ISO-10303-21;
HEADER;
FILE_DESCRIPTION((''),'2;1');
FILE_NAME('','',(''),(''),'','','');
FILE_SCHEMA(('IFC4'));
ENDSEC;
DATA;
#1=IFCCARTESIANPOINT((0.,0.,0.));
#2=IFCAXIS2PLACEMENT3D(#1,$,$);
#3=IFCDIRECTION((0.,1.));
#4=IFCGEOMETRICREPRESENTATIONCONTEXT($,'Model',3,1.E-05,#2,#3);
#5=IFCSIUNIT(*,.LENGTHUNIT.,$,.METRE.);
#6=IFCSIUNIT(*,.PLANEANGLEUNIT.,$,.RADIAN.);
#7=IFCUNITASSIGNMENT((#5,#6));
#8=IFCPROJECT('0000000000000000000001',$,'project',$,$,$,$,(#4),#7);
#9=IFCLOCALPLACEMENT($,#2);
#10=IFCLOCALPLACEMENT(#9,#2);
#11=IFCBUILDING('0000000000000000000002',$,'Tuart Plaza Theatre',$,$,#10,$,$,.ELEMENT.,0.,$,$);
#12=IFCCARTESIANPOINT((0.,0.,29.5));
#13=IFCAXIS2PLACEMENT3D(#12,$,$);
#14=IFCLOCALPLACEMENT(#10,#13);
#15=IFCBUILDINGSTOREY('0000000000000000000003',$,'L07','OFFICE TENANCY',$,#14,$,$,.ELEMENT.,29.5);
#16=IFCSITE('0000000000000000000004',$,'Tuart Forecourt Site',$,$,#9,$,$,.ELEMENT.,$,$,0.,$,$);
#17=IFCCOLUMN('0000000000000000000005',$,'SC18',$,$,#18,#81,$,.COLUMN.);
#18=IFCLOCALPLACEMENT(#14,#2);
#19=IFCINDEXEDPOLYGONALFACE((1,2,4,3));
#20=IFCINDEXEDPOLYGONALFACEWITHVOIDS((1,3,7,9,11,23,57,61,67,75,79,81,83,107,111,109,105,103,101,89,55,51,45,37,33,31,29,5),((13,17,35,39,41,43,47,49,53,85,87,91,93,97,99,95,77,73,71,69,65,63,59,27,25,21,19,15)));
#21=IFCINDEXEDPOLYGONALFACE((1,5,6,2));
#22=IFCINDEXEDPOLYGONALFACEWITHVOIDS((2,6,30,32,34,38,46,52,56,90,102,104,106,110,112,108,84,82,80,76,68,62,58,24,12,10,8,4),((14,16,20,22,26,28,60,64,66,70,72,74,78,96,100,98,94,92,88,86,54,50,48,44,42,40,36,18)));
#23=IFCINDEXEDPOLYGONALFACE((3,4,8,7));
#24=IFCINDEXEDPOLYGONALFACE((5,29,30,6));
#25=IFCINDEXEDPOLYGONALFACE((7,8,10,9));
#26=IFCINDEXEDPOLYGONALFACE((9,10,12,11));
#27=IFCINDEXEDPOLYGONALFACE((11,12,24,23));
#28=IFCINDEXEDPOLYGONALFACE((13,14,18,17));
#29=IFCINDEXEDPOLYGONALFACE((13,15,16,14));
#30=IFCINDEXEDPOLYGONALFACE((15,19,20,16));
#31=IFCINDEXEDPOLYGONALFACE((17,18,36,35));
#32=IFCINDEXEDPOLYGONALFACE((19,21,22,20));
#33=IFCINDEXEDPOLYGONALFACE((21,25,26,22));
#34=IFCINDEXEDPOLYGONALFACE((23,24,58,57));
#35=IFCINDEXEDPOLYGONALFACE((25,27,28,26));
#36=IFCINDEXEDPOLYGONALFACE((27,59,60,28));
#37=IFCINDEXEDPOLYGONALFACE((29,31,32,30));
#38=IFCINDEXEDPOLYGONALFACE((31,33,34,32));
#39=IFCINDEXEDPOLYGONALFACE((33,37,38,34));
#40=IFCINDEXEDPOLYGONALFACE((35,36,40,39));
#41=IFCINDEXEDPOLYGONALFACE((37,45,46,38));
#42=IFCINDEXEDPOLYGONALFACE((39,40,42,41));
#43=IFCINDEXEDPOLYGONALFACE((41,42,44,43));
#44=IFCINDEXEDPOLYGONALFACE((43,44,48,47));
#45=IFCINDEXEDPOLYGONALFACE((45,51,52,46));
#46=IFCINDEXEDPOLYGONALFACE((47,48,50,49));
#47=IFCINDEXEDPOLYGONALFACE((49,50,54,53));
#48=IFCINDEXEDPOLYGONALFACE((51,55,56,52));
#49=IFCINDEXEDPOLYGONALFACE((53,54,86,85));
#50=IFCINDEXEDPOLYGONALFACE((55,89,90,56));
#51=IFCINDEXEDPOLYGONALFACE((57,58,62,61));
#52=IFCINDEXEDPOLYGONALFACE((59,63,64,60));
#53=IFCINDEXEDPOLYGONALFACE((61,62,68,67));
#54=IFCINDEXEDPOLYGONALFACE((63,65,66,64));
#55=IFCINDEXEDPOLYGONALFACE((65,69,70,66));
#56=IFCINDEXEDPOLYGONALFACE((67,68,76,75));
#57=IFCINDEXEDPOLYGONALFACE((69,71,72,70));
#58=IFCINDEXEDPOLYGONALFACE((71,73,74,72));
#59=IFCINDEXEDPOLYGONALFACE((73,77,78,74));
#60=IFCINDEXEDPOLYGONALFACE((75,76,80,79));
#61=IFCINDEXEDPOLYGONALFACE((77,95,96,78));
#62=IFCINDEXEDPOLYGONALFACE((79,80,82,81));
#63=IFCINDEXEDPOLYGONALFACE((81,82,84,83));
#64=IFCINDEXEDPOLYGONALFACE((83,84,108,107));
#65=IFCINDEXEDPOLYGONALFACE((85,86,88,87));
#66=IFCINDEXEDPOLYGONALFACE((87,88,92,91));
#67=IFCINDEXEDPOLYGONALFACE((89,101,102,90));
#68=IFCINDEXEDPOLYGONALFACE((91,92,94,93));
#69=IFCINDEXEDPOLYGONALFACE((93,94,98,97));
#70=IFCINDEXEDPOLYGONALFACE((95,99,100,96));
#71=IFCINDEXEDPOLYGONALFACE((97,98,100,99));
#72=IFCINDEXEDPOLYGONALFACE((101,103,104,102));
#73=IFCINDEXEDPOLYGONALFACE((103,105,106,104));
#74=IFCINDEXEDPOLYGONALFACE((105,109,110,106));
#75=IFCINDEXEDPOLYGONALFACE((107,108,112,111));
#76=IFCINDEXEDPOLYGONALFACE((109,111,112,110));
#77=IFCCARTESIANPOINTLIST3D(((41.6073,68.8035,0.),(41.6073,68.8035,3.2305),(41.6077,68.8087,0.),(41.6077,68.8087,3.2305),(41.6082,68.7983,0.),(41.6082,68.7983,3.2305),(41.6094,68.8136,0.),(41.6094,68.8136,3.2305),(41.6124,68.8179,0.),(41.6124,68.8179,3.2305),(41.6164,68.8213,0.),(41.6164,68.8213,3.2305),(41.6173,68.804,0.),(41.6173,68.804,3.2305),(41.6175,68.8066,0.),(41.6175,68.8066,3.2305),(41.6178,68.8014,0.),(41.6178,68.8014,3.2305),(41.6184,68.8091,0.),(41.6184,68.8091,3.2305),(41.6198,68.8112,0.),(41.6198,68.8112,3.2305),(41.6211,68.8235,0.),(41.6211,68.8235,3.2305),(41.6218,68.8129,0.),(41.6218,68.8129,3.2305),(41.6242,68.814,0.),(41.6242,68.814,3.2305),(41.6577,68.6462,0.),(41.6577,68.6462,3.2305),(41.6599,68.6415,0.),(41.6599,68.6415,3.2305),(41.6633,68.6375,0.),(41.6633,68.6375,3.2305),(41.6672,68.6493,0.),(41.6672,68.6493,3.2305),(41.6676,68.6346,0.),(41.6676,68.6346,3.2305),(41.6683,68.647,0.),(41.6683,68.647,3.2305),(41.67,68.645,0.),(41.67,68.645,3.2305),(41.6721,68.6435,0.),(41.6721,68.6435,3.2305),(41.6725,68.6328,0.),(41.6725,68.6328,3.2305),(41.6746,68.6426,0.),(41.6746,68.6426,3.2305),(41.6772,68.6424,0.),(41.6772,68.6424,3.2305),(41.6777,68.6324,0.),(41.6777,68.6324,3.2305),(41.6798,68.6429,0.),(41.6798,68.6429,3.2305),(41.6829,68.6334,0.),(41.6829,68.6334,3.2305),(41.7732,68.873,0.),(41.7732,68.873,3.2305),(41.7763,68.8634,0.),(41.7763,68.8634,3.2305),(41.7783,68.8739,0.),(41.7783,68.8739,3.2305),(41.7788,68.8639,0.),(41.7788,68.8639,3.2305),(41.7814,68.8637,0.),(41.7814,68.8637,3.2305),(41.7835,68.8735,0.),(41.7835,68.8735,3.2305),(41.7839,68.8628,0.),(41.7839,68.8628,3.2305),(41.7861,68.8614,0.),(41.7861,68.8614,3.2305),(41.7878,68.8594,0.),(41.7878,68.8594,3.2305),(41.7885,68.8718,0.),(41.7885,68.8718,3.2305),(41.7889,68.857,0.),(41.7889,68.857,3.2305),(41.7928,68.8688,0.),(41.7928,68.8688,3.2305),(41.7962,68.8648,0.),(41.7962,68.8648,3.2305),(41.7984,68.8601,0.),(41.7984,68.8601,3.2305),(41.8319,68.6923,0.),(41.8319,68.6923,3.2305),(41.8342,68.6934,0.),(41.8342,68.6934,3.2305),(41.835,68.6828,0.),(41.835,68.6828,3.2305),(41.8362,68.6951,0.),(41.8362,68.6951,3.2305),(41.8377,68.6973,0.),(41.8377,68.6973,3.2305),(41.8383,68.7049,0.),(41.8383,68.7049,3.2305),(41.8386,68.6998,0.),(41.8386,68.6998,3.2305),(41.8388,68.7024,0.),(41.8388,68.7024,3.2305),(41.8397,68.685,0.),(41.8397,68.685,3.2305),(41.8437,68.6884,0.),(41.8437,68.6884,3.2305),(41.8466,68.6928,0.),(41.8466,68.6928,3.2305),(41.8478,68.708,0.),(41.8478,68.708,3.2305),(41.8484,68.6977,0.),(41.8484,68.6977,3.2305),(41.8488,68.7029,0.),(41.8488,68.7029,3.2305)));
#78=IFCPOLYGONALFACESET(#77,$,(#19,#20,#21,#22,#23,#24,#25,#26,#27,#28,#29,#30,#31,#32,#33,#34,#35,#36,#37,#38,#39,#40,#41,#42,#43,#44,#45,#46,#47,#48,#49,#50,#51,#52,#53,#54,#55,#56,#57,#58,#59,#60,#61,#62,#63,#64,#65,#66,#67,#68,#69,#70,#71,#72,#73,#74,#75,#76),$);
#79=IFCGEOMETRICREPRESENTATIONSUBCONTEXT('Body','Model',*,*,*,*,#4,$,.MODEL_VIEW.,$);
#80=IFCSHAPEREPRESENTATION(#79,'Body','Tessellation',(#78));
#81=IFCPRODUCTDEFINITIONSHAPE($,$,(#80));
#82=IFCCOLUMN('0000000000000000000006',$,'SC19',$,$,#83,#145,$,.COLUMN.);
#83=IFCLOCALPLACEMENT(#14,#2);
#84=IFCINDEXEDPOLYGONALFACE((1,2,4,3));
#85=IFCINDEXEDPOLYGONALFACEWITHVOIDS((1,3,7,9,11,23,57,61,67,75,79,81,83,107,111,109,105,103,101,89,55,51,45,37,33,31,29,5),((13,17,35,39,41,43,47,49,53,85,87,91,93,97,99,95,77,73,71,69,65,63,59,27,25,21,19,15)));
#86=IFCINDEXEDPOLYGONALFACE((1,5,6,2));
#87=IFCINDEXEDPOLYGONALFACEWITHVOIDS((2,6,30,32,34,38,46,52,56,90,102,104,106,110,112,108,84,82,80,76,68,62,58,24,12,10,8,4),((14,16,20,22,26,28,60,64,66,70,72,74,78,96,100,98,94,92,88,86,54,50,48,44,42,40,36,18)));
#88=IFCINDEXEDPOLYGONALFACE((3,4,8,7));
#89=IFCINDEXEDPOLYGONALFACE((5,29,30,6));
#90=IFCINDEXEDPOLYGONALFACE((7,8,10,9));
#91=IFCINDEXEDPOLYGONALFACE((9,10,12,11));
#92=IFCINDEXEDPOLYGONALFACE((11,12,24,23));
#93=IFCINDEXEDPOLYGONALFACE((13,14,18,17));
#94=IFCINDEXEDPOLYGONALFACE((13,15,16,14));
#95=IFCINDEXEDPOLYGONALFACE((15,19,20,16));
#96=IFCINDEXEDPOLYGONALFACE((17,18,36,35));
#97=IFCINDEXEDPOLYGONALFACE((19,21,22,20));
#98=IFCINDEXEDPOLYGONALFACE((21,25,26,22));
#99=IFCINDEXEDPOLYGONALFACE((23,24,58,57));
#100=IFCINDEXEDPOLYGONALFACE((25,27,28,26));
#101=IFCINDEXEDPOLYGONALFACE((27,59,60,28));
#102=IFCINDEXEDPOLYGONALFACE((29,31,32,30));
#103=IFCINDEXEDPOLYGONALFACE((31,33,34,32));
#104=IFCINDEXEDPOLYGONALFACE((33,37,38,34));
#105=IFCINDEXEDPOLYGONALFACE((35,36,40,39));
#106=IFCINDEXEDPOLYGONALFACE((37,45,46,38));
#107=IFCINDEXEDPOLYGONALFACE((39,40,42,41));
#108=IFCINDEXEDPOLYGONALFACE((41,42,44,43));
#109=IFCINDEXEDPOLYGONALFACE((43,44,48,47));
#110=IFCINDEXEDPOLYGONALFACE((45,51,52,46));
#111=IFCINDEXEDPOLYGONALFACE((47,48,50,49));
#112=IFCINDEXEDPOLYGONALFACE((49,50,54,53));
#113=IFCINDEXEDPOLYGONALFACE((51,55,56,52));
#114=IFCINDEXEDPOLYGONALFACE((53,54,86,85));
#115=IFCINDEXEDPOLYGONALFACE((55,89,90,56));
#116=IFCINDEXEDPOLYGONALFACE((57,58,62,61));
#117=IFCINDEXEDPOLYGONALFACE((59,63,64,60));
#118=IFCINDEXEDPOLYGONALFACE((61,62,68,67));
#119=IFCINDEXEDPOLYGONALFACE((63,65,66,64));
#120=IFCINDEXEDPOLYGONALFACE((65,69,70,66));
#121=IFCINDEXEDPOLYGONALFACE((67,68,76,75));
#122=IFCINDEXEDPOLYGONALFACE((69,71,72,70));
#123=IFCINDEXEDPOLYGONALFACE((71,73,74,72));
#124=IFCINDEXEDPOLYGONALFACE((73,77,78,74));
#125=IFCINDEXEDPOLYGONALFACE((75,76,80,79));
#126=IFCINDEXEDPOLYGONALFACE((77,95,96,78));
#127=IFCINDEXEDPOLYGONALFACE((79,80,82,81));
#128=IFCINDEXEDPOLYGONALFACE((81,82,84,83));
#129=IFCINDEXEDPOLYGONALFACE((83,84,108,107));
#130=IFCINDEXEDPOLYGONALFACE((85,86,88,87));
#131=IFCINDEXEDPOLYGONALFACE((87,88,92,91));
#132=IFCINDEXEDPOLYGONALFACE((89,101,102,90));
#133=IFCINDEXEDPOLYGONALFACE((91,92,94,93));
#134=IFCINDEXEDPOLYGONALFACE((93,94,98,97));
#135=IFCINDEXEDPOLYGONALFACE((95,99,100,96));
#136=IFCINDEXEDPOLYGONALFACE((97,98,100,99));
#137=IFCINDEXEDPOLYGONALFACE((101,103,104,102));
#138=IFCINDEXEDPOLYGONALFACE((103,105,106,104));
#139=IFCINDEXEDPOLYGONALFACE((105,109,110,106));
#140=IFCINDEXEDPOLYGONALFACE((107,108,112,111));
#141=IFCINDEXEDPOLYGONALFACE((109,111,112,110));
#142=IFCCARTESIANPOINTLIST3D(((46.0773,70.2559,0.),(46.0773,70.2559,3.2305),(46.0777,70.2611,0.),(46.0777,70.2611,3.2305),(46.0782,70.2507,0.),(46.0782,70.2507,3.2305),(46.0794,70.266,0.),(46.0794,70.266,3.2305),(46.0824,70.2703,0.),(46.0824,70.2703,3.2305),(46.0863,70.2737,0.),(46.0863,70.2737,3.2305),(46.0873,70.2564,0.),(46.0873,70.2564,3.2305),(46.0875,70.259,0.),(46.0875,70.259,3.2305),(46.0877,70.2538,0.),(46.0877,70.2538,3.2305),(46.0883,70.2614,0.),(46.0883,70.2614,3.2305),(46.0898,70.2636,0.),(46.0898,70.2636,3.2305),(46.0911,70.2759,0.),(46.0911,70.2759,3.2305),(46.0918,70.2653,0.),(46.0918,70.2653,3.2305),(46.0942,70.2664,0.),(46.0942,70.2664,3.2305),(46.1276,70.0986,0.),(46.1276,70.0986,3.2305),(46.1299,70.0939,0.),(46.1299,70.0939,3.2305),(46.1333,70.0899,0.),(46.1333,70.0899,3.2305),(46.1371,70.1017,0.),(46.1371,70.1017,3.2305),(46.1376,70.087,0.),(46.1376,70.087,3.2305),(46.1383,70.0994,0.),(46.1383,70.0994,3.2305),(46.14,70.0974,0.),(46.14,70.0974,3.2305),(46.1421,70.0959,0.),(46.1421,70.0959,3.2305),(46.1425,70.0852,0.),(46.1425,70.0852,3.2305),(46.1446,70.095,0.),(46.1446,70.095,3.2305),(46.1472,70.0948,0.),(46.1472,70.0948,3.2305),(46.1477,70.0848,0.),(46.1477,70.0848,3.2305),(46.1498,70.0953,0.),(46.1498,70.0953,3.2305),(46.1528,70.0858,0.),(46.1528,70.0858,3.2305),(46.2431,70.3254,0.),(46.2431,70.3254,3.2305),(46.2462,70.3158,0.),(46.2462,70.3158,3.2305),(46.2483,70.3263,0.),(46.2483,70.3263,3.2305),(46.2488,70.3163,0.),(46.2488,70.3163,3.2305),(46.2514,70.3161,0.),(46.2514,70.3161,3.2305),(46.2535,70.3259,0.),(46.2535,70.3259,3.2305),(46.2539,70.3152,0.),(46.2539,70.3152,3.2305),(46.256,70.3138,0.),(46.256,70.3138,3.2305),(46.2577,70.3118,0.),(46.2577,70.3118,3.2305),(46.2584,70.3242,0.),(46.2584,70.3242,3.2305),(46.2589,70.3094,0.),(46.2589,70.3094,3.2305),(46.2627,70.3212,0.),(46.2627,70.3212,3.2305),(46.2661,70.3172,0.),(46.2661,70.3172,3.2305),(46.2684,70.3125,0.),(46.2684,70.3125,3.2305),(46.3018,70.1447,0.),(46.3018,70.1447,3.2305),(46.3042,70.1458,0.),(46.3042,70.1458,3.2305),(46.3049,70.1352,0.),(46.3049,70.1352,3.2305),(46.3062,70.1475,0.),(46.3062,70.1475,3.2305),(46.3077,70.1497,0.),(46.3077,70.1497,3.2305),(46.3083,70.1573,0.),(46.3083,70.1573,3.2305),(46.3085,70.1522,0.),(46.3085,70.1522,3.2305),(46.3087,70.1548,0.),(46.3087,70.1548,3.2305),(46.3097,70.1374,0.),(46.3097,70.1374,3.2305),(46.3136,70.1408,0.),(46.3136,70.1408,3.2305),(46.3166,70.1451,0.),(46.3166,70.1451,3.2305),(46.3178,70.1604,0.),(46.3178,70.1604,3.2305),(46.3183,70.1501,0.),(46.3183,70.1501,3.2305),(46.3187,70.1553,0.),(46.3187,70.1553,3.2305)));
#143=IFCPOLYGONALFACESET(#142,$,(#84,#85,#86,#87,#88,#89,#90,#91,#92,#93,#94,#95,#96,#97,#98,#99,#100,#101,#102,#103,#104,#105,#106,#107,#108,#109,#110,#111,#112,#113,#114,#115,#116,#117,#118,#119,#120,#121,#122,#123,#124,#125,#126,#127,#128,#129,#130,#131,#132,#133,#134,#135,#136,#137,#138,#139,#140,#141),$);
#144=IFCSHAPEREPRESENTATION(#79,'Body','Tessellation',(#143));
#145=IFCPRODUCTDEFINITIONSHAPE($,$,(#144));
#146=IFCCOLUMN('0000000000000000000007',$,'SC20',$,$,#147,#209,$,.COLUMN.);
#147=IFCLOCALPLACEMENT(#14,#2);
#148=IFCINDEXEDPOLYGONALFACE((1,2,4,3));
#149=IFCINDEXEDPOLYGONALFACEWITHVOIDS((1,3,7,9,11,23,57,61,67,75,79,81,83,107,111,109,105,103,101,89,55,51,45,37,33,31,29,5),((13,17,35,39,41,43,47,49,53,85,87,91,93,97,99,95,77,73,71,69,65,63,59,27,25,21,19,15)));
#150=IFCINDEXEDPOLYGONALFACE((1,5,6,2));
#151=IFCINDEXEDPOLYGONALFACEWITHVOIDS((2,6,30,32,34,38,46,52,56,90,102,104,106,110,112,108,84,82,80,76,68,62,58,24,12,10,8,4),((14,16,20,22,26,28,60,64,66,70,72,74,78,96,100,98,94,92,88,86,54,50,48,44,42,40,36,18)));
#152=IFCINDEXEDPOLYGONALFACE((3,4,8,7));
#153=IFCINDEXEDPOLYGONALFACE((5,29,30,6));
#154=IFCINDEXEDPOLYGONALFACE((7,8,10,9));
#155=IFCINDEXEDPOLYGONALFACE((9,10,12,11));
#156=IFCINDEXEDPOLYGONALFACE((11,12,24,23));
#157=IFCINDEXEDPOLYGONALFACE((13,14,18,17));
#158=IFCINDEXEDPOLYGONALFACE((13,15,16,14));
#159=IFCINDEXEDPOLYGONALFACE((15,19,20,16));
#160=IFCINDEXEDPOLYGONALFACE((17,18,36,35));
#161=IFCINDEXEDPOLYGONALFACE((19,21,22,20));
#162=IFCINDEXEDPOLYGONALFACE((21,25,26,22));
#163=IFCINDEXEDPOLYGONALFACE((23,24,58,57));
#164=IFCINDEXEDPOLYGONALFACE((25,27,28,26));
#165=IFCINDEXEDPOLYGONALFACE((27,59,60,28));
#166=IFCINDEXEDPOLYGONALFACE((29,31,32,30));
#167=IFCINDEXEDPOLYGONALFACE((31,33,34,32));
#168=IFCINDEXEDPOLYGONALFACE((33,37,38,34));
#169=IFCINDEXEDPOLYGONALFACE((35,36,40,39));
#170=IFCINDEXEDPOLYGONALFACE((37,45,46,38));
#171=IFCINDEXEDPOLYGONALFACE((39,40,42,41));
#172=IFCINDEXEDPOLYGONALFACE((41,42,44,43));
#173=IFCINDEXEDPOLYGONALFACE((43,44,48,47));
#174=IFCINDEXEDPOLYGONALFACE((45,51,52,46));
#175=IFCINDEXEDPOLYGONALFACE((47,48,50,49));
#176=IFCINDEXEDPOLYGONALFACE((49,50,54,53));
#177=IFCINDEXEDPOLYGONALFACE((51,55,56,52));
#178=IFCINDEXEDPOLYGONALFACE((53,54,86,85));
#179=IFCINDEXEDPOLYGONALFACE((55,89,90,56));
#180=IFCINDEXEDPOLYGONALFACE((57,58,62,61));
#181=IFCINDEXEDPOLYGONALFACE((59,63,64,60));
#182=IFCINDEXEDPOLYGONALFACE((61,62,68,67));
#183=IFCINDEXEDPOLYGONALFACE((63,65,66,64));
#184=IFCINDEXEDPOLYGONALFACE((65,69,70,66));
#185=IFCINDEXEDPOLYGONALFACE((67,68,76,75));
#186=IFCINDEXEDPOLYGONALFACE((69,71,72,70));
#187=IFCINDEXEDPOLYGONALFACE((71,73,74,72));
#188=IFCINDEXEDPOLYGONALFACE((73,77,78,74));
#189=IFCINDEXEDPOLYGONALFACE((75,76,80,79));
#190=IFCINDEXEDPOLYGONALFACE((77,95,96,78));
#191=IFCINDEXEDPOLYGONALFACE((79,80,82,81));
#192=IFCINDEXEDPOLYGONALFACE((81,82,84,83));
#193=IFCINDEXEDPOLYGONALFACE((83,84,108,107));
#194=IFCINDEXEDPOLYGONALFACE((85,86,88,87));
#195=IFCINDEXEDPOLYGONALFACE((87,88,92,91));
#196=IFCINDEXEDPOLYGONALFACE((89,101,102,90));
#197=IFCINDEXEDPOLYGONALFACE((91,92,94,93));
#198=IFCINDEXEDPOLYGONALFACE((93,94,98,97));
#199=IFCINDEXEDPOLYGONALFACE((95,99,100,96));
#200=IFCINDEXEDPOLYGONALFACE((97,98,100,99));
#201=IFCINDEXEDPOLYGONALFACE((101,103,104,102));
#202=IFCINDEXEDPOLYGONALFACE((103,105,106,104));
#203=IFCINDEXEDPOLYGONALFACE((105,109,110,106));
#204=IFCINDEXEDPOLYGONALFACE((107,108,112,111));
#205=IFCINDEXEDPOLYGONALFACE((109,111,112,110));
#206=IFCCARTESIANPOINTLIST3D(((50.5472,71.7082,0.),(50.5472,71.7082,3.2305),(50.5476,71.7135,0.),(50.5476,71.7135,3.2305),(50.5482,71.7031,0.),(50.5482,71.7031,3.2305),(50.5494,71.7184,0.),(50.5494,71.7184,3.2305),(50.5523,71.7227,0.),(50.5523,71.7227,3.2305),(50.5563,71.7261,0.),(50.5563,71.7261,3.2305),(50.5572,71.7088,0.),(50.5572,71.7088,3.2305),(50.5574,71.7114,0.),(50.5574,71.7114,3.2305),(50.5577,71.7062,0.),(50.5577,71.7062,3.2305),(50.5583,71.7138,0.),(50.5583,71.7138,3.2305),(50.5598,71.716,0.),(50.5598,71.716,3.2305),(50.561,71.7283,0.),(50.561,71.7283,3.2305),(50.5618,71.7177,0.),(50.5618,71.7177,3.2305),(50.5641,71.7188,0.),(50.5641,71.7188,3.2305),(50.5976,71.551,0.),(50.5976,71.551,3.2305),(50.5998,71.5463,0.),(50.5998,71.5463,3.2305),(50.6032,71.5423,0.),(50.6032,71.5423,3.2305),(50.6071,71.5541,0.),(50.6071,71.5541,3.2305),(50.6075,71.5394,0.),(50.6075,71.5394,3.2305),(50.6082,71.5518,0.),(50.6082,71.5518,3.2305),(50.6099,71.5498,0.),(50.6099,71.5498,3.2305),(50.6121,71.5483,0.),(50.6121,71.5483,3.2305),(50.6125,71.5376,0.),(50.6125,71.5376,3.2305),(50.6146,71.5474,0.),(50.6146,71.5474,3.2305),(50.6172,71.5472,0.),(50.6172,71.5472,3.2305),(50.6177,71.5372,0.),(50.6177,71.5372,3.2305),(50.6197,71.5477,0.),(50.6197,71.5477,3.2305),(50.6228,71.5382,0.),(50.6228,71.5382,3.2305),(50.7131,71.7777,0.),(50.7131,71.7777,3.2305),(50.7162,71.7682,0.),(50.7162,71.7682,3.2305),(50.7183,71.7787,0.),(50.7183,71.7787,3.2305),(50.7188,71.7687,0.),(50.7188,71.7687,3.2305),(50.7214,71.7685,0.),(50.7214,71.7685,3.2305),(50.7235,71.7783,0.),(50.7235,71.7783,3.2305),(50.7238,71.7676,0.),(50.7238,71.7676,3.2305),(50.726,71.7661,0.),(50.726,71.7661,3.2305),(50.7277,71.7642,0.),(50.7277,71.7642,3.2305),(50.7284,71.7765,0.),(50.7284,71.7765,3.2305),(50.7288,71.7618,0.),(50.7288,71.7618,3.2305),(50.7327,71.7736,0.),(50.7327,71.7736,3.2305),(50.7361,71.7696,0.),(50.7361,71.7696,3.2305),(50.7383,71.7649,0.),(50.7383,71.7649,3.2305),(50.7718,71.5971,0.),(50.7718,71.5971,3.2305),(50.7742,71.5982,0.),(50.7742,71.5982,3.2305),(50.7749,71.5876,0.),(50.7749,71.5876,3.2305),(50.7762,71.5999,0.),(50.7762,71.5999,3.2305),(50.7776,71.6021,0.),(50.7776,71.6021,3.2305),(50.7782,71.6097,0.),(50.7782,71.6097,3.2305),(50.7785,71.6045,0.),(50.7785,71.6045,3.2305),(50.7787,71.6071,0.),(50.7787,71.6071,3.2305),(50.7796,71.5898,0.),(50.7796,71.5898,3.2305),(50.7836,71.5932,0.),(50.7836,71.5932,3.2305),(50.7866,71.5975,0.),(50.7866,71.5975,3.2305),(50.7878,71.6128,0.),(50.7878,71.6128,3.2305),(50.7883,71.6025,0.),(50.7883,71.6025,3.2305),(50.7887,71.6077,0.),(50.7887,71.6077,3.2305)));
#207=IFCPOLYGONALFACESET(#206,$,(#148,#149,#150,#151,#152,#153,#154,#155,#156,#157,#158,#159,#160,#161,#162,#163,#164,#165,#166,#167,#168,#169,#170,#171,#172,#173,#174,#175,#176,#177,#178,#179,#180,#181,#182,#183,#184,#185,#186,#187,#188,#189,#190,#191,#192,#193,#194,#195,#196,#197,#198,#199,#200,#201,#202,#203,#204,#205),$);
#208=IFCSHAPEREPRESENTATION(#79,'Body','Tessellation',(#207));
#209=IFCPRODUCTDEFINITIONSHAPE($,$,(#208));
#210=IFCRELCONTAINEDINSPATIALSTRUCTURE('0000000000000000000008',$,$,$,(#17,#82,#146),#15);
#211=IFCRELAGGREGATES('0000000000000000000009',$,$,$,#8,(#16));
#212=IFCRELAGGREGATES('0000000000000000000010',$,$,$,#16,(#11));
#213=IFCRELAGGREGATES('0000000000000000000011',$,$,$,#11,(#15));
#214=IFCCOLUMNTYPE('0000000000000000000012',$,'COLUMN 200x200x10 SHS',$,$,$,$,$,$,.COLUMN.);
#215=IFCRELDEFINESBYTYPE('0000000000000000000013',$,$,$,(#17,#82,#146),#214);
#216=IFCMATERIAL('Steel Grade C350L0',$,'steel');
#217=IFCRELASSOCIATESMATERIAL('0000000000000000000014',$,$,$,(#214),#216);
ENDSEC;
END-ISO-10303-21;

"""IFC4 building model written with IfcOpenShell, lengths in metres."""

from ifc_helpers import new_model, si_unit, direction, frame, origin, origin_2d, place, context, subcontext, project, spatial, hollow_rectangle, extrude, material, material_profile, profile_set, type_object, element, save


model = new_model("IFC4")

# Units and contexts
model_context = context("Model", 3, precision=1e-05, world=origin(), true_north=direction((0.0, 1.0)))
body_context = subcontext(model_context, "Body", "Model", "MODEL_VIEW")
ifc_project = project(units=[si_unit("LENGTHUNIT", "METRE"), si_unit("PLANEANGLEUNIT", "RADIAN")], contexts=[model_context])

# Site, building, storey
site_placement = place(None, origin())
site = spatial("IfcSite", under=ifc_project, at=site_placement, Name="Tuart Forecourt Site", CompositionType="ELEMENT", RefElevation=0.0)
building_placement = place(site_placement, origin())
building = spatial("IfcBuilding", under=site, at=building_placement, Name="Tuart Plaza Theatre", CompositionType="ELEMENT", ElevationOfRefHeight=0.0)
storey_placement = place(building_placement, frame((0.0, 0.0, 29.5)))
storey = spatial("IfcBuildingStorey", under=building, at=storey_placement, Name="L07", Description="OFFICE TENANCY", CompositionType="ELEMENT", Elevation=29.5)

# Columns
ifc_material_1 = material(Name="Steel Grade C350L0", Category="steel")
ifc_material_profile_1 = material_profile(ifc_material_1, hollow_rectangle(XDim=0.2, YDim=0.2, WallThickness=0.01, InnerFilletRadius=0.01, OuterFilletRadius=0.02, at=origin_2d()), Name="200x200x10 SHS")
ifc_profile_set_1 = profile_set([ifc_material_profile_1], Name="Steel Grade C350L0")
column_type_1 = type_object("IfcColumnType", Name="COLUMN 200x200x10 SHS", PredefinedType="COLUMN", material=ifc_profile_set_1)
for number, where, z_axis, x_axis, name in (
    (1, (41.728, 68.7532, 0.0), (0.0, 0.0, 1.0), (0.951057, 0.309017, 0.0), "SC18"),
    (2, (46.198, 70.2056, 0.0), (0.0, 0.0, 1.0), (0.951057, 0.309017, 0.0), "SC19"),
    (3, (50.668, 71.658, 0.0), (0.0, 0.0, 1.0), (0.951057, 0.309017, 0.0), "SC20"),
):
    element("IfcColumn", number, at=place(storey_placement, frame(where, z_axis=z_axis, x_axis=x_axis)), inside=storey, type_object=column_type_1, Name=name, PredefinedType="COLUMN", context=body_context, shape_type="SweptSolid", body=[
        extrude(hollow_rectangle(XDim=0.2, YDim=0.2, WallThickness=0.01, InnerFilletRadius=0.01, OuterFilletRadius=0.02, at=origin_2d()), origin(), (0.0, 0.0, 1.0), 3.2305),
    ])

save(model, "model.ifc")
